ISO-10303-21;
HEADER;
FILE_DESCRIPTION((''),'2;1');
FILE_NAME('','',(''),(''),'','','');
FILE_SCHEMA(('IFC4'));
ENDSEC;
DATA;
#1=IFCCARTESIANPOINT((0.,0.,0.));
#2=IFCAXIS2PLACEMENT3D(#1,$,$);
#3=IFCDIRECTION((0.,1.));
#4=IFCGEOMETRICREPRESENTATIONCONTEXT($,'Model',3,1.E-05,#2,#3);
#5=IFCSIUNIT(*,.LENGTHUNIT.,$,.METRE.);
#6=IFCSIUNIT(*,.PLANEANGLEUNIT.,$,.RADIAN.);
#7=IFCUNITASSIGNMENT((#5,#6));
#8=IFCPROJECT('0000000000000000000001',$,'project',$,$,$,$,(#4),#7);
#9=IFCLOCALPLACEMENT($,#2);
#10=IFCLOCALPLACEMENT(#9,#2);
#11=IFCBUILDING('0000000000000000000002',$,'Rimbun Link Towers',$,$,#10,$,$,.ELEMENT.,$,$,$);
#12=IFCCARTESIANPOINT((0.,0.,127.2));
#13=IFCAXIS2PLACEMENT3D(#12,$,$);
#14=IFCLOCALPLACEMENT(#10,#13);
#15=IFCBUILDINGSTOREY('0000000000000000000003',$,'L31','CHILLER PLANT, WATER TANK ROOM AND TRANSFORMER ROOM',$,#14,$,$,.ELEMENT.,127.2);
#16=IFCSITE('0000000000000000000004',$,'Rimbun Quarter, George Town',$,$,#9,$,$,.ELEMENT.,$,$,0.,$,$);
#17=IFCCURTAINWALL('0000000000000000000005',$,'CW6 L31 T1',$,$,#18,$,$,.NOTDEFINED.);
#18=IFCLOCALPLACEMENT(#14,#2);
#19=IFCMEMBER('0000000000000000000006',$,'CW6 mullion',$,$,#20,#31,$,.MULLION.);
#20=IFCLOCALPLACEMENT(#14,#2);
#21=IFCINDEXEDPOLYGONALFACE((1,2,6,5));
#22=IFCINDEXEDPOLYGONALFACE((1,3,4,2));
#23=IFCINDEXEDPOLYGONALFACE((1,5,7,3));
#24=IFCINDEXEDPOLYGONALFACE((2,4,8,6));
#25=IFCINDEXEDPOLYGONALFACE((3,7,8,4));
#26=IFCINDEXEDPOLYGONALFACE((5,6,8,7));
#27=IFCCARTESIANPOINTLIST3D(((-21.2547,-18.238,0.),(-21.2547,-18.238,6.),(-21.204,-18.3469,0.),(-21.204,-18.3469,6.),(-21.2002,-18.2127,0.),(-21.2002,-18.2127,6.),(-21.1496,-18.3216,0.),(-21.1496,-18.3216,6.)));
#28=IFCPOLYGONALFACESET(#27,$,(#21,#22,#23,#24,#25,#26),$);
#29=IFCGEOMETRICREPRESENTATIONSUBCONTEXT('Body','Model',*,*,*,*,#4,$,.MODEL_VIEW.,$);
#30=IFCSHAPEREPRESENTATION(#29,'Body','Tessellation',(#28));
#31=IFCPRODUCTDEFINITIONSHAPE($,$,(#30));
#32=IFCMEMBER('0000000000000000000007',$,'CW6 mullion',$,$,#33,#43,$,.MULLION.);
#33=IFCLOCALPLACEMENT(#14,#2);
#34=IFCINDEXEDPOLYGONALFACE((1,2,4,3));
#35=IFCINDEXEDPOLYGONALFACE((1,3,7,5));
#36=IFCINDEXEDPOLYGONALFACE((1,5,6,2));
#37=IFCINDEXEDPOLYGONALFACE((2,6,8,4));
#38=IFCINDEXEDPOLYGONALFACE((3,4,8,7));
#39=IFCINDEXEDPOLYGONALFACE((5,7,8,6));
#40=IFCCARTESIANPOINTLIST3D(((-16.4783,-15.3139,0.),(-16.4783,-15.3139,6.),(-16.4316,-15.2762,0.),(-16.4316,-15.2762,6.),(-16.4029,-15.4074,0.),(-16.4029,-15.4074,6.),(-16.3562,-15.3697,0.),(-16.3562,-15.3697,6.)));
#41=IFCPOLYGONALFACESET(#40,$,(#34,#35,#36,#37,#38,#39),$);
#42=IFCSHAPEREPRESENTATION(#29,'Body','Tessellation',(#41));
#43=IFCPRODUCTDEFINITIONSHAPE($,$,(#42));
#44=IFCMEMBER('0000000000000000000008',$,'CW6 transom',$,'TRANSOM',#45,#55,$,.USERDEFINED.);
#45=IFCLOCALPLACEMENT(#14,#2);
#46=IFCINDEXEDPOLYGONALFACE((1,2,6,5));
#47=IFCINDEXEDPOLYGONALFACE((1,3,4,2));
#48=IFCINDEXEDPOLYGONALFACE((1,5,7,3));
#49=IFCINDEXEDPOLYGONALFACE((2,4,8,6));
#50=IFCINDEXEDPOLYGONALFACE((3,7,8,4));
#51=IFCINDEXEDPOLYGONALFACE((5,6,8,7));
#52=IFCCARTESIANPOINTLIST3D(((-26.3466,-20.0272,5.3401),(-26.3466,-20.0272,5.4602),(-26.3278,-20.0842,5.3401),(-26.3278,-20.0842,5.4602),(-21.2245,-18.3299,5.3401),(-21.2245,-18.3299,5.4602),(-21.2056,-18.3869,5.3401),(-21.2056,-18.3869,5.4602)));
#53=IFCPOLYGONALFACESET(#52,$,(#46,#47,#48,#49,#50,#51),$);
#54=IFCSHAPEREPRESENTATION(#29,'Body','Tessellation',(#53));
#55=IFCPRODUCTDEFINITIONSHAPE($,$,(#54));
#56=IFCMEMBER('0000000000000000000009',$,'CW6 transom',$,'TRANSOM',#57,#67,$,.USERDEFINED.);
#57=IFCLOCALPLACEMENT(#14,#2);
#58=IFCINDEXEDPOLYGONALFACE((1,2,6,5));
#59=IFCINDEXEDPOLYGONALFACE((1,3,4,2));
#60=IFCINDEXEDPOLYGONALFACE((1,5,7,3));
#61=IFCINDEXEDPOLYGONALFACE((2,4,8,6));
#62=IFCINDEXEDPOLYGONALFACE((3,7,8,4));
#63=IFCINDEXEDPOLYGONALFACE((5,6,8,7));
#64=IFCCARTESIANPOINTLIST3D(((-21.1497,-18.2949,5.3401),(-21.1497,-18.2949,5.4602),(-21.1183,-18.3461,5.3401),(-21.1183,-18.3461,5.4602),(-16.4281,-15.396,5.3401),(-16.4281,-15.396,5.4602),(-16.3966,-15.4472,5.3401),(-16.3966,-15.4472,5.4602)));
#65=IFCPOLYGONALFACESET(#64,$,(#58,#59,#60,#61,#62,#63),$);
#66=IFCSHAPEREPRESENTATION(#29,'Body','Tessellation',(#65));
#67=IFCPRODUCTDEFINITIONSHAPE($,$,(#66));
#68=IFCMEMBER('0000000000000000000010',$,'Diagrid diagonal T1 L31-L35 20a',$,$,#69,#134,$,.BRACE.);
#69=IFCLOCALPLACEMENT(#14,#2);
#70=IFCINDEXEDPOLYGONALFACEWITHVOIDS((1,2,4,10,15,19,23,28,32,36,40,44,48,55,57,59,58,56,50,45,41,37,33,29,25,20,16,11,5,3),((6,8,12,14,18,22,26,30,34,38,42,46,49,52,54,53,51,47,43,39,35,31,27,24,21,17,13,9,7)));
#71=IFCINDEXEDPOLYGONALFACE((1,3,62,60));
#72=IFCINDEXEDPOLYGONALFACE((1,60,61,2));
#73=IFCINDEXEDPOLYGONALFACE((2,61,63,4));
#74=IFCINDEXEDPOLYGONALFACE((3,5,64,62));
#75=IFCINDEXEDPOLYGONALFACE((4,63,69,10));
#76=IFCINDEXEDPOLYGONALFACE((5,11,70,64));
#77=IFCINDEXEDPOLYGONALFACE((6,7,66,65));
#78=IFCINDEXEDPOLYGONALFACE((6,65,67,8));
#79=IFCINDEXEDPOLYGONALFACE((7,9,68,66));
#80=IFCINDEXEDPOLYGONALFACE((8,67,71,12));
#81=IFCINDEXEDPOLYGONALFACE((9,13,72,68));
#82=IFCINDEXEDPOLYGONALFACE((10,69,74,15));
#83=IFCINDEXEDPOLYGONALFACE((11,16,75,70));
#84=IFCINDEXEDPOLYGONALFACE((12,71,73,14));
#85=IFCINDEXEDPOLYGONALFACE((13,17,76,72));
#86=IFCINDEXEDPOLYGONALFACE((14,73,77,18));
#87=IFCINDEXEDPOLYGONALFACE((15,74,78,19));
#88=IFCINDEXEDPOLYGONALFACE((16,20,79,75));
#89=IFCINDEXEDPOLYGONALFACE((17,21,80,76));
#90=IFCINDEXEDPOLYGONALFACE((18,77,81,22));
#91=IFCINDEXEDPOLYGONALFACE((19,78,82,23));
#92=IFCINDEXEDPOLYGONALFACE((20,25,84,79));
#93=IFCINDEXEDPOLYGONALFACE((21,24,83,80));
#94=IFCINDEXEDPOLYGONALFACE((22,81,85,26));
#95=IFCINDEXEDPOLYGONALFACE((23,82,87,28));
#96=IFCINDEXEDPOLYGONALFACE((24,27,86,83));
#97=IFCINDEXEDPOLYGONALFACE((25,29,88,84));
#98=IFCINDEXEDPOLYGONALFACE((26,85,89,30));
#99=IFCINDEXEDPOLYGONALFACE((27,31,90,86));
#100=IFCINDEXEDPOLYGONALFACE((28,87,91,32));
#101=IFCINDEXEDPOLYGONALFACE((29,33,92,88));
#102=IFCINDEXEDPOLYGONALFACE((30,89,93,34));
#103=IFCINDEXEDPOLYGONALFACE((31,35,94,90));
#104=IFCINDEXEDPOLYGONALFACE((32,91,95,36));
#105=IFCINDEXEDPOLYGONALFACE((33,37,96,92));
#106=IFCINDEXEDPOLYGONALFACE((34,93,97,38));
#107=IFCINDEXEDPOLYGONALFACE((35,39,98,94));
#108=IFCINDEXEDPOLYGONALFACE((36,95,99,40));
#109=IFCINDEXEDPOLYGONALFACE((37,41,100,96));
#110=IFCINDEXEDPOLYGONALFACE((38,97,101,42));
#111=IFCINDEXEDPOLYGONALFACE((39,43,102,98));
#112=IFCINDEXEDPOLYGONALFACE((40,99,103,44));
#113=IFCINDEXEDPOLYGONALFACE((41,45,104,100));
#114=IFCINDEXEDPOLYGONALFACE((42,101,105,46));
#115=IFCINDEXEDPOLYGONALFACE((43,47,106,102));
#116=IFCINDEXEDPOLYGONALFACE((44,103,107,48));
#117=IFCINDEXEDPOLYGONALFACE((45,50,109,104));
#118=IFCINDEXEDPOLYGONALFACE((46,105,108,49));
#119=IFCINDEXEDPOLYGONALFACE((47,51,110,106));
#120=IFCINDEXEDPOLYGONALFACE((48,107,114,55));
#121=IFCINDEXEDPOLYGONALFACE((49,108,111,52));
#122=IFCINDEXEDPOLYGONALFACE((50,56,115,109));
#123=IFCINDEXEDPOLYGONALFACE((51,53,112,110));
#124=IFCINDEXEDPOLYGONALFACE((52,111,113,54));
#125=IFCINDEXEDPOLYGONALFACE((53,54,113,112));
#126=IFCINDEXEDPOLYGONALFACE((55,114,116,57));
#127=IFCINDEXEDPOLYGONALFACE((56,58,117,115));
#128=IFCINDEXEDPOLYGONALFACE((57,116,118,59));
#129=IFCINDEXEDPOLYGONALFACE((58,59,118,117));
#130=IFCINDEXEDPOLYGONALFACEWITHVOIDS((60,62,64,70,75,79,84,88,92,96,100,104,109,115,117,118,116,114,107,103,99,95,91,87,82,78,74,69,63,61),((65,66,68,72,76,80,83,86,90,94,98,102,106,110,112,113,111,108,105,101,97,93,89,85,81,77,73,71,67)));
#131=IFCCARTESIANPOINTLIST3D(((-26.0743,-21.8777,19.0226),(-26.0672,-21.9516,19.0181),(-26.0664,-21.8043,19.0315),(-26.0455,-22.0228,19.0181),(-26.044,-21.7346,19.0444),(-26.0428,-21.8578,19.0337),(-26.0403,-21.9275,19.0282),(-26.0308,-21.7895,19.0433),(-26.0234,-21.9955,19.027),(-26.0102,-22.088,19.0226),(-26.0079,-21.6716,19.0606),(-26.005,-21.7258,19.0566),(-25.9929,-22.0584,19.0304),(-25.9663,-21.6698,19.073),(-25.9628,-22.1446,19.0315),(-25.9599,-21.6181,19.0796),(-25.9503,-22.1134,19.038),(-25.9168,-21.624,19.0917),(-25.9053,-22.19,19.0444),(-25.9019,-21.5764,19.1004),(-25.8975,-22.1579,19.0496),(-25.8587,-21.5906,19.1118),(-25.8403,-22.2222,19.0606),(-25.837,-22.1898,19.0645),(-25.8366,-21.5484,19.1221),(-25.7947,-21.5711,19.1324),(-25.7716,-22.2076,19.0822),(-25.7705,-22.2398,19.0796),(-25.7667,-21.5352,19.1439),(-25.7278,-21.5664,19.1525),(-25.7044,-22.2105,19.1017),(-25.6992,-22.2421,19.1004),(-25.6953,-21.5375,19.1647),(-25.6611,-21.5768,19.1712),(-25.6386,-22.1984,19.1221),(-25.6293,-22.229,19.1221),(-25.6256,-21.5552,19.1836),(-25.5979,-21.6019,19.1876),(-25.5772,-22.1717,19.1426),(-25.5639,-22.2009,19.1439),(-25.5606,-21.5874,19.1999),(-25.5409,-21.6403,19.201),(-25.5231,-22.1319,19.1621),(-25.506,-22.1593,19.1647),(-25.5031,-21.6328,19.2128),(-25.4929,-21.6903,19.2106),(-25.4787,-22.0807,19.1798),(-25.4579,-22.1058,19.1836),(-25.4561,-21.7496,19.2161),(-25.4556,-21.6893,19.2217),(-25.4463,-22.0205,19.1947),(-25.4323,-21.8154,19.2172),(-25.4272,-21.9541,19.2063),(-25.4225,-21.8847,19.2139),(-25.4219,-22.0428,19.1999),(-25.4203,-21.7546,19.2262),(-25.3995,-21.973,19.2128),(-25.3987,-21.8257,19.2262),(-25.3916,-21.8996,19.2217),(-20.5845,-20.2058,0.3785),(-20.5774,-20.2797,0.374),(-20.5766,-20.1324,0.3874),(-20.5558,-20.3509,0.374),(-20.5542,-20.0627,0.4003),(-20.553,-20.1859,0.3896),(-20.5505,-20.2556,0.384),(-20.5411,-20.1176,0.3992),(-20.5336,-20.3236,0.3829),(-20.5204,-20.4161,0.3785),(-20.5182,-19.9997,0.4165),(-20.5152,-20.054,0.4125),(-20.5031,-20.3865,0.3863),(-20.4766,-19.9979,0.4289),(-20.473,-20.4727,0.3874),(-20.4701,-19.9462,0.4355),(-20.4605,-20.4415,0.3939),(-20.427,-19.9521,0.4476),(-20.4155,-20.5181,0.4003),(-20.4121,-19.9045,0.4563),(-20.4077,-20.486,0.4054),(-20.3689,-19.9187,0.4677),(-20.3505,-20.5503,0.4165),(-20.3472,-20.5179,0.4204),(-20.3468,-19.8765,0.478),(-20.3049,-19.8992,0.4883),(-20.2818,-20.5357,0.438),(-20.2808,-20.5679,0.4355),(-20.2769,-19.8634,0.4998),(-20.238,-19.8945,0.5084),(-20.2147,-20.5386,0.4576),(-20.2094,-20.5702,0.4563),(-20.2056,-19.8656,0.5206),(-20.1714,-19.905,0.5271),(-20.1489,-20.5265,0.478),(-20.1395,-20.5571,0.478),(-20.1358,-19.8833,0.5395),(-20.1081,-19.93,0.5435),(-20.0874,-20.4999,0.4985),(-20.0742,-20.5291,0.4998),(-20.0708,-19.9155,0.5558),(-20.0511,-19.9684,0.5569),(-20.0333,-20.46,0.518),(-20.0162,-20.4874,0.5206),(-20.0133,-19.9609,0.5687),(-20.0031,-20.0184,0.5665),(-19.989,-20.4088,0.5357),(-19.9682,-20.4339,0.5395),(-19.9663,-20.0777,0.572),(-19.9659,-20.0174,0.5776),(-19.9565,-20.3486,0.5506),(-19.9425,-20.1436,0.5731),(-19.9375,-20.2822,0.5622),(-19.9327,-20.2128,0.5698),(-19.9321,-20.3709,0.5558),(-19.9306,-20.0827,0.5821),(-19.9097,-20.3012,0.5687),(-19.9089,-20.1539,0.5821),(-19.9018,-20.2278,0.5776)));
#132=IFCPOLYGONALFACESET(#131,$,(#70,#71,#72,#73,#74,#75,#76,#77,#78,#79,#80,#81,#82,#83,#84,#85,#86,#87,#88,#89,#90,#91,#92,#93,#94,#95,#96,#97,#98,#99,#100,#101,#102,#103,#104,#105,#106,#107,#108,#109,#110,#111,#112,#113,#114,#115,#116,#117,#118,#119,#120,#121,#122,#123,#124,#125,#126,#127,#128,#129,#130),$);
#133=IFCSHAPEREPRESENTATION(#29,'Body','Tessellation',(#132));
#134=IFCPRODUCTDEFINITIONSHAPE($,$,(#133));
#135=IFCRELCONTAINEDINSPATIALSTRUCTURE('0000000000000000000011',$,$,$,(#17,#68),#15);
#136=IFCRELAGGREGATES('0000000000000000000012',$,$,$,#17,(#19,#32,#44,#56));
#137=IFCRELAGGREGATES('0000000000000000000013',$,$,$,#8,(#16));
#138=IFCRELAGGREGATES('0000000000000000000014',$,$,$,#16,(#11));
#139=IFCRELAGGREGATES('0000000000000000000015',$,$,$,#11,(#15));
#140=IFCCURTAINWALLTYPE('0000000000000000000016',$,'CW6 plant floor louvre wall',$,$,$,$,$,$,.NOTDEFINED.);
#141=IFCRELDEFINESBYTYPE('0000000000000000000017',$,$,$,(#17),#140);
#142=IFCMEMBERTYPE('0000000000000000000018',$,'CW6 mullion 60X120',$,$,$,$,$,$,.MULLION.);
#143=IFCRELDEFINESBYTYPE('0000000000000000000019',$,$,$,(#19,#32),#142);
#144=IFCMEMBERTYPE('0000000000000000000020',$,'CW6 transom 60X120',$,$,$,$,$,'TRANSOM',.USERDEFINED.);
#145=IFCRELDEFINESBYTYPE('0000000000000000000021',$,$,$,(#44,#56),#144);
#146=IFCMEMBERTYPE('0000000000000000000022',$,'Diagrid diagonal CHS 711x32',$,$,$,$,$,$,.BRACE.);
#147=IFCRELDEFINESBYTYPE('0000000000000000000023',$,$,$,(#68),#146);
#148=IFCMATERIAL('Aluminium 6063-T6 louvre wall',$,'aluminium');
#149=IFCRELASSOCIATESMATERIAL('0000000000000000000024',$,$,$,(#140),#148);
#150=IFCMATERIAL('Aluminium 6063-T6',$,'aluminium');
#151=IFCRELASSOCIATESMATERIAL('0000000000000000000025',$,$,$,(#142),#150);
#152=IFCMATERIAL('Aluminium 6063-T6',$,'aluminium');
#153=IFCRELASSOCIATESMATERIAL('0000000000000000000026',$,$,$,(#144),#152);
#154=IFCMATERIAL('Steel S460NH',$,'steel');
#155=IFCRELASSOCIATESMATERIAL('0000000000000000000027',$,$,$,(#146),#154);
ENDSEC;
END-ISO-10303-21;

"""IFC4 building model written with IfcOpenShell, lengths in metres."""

from ifc_helpers import new_model, si_unit, direction, frame, origin, origin_2d, place, context, subcontext, project, spatial, rectangle, hollow_circle, extrude, material, material_profile, profile_set, type_object, element, aggregate, save


model = new_model("IFC4")

# Units and contexts
model_context = context("Model", 3, precision=1e-05, world=origin(), true_north=direction((0.0, 1.0)))
body_context = subcontext(model_context, "Body", "Model", "MODEL_VIEW")
ifc_project = project(units=[si_unit("LENGTHUNIT", "METRE"), si_unit("PLANEANGLEUNIT", "RADIAN")], contexts=[model_context])

# Site, building, storey
site_placement = place(None, origin())
site = spatial("IfcSite", under=ifc_project, at=site_placement, Name="Rimbun Quarter, George Town", CompositionType="ELEMENT", RefElevation=0.0)
building_placement = place(site_placement, origin())
building = spatial("IfcBuilding", under=site, at=building_placement, Name="Rimbun Link Towers", CompositionType="ELEMENT")
storey_placement = place(building_placement, frame((0.0, 0.0, 127.2)))
storey = spatial("IfcBuildingStorey", under=building, at=storey_placement, Name="L31", Description="CHILLER PLANT, WATER TANK ROOM AND TRANSFORMER ROOM", CompositionType="ELEMENT", Elevation=127.2)

# Curtain wall, members
ifc_material_1 = material(Name="Aluminium 6063-T6 louvre wall", Category="aluminium")
curtain_wall_type = type_object("IfcCurtainWallType", Name="CW6 plant floor louvre wall", PredefinedType="NOTDEFINED", material=ifc_material_1)
curtain_wall_placement = place(storey_placement, origin())
curtain_wall = element("IfcCurtainWall", 1, at=curtain_wall_placement, inside=storey, type_object=curtain_wall_type, Name="CW6 L31 T1", PredefinedType="NOTDEFINED")
ifc_material_2 = material(Name="Aluminium 6063-T6", Category="aluminium")
ifc_material_profile_1 = material_profile(ifc_material_2, rectangle(XDim=0.1201, YDim=0.0601, at=origin_2d()), Name="MULLION 60X120")
ifc_profile_set_1 = profile_set([ifc_material_profile_1], Name="Aluminium 6063-T6")
member_type_1 = type_object("IfcMemberType", Name="CW6 mullion 60X120", PredefinedType="MULLION", material=ifc_profile_set_1)
member_1_placement = place(storey_placement, frame((-21.2021, -18.2798, 0.0), z_axis=(0.0, 0.0, 1.0), x_axis=(0.421707, -0.906732, 0.0)))
member_1 = element("IfcMember", 2, at=member_1_placement, type_object=member_type_1, Name="CW6 mullion", PredefinedType="MULLION", context=body_context, shape_type="SweptSolid", body=[
    extrude(rectangle(XDim=0.1201, YDim=0.0601, at=origin_2d()), origin(), (0.0, 0.0, 1.0), 6.0),
])
member_2_placement = place(storey_placement, frame((-16.4172, -15.3418, 0.0), z_axis=(0.0, 0.0, 1.0), x_axis=(0.627666, -0.778483, 0.0)))
member_2 = element("IfcMember", 3, at=member_2_placement, type_object=member_type_1, Name="CW6 mullion", PredefinedType="MULLION", context=body_context, shape_type="SweptSolid", body=[
    extrude(rectangle(XDim=0.1201, YDim=0.0601, at=origin_2d()), origin(), (0.0, 0.0, 1.0), 6.0),
])
ifc_material_3 = material(Name="Aluminium 6063-T6", Category="aluminium")
ifc_material_profile_2 = material_profile(ifc_material_3, rectangle(XDim=0.0601, YDim=0.1201, at=origin_2d()), Name="TRANSOM 60X120")
ifc_profile_set_2 = profile_set([ifc_material_profile_2], Name="Aluminium 6063-T6")
member_type_2 = type_object("IfcMemberType", Name="CW6 transom 60X120", ElementType="TRANSOM", PredefinedType="USERDEFINED", material=ifc_profile_set_2)
member_3_placement = place(storey_placement, frame((-21.2151, -18.3584, 5.4001), z_axis=(-0.949243, -0.314544, 0.0), x_axis=(0.314544, -0.949243, 0.0)))
member_3 = element("IfcMember", 4, at=member_3_placement, type_object=member_type_2, Name="CW6 transom", ObjectType="TRANSOM", PredefinedType="USERDEFINED", context=body_context, shape_type="SweptSolid", body=[
    extrude(rectangle(XDim=0.0601, YDim=0.1201, at=origin_2d()), origin(), (0.0, 0.0, 1.0), 5.396),
])
member_4_placement = place(storey_placement, frame((-16.4124, -15.4216, 5.4001), z_axis=(-0.852199, -0.523217, 0.0), x_axis=(0.523217, -0.852199, 0.0)))
member_4 = element("IfcMember", 5, at=member_4_placement, type_object=member_type_2, Name="CW6 transom", ObjectType="TRANSOM", PredefinedType="USERDEFINED", context=body_context, shape_type="SweptSolid", body=[
    extrude(rectangle(XDim=0.0601, YDim=0.1201, at=origin_2d()), origin(), (0.0, 0.0, 1.0), 5.5405),
])

# Member
ifc_material_4 = material(Name="Steel S460NH", Category="steel")
ifc_material_profile_3 = material_profile(ifc_material_4, hollow_circle(Radius=0.3557, WallThickness=0.032, at=origin_2d()), Name="Diagrid diagonal CHS 711x32")
ifc_profile_set_3 = profile_set([ifc_material_profile_3], Name="Steel S460NH")
member_type_3 = type_object("IfcMemberType", Name="Diagrid diagonal CHS 711x32", PredefinedType="BRACE", material=ifc_profile_set_3)
member_5_placement = place(storey_placement, frame((-20.2432, -20.2168, 0.478), z_axis=(-0.281421, -0.085705, 0.955749), x_axis=(0.291334, -0.956621, 0.0)))
element("IfcMember", 6, at=member_5_placement, inside=storey, type_object=member_type_3, Name="Diagrid diagonal T1 L31-L35 20a", PredefinedType="BRACE", context=body_context, shape_type="SweptSolid", body=[
    extrude(hollow_circle(Radius=0.3557, WallThickness=0.032, at=origin_2d()), origin(), (0.0, 0.0, 1.0), 19.5073),
])

aggregate(curtain_wall, [member_1, member_2, member_3, member_4])

save(model, "model.ifc")
